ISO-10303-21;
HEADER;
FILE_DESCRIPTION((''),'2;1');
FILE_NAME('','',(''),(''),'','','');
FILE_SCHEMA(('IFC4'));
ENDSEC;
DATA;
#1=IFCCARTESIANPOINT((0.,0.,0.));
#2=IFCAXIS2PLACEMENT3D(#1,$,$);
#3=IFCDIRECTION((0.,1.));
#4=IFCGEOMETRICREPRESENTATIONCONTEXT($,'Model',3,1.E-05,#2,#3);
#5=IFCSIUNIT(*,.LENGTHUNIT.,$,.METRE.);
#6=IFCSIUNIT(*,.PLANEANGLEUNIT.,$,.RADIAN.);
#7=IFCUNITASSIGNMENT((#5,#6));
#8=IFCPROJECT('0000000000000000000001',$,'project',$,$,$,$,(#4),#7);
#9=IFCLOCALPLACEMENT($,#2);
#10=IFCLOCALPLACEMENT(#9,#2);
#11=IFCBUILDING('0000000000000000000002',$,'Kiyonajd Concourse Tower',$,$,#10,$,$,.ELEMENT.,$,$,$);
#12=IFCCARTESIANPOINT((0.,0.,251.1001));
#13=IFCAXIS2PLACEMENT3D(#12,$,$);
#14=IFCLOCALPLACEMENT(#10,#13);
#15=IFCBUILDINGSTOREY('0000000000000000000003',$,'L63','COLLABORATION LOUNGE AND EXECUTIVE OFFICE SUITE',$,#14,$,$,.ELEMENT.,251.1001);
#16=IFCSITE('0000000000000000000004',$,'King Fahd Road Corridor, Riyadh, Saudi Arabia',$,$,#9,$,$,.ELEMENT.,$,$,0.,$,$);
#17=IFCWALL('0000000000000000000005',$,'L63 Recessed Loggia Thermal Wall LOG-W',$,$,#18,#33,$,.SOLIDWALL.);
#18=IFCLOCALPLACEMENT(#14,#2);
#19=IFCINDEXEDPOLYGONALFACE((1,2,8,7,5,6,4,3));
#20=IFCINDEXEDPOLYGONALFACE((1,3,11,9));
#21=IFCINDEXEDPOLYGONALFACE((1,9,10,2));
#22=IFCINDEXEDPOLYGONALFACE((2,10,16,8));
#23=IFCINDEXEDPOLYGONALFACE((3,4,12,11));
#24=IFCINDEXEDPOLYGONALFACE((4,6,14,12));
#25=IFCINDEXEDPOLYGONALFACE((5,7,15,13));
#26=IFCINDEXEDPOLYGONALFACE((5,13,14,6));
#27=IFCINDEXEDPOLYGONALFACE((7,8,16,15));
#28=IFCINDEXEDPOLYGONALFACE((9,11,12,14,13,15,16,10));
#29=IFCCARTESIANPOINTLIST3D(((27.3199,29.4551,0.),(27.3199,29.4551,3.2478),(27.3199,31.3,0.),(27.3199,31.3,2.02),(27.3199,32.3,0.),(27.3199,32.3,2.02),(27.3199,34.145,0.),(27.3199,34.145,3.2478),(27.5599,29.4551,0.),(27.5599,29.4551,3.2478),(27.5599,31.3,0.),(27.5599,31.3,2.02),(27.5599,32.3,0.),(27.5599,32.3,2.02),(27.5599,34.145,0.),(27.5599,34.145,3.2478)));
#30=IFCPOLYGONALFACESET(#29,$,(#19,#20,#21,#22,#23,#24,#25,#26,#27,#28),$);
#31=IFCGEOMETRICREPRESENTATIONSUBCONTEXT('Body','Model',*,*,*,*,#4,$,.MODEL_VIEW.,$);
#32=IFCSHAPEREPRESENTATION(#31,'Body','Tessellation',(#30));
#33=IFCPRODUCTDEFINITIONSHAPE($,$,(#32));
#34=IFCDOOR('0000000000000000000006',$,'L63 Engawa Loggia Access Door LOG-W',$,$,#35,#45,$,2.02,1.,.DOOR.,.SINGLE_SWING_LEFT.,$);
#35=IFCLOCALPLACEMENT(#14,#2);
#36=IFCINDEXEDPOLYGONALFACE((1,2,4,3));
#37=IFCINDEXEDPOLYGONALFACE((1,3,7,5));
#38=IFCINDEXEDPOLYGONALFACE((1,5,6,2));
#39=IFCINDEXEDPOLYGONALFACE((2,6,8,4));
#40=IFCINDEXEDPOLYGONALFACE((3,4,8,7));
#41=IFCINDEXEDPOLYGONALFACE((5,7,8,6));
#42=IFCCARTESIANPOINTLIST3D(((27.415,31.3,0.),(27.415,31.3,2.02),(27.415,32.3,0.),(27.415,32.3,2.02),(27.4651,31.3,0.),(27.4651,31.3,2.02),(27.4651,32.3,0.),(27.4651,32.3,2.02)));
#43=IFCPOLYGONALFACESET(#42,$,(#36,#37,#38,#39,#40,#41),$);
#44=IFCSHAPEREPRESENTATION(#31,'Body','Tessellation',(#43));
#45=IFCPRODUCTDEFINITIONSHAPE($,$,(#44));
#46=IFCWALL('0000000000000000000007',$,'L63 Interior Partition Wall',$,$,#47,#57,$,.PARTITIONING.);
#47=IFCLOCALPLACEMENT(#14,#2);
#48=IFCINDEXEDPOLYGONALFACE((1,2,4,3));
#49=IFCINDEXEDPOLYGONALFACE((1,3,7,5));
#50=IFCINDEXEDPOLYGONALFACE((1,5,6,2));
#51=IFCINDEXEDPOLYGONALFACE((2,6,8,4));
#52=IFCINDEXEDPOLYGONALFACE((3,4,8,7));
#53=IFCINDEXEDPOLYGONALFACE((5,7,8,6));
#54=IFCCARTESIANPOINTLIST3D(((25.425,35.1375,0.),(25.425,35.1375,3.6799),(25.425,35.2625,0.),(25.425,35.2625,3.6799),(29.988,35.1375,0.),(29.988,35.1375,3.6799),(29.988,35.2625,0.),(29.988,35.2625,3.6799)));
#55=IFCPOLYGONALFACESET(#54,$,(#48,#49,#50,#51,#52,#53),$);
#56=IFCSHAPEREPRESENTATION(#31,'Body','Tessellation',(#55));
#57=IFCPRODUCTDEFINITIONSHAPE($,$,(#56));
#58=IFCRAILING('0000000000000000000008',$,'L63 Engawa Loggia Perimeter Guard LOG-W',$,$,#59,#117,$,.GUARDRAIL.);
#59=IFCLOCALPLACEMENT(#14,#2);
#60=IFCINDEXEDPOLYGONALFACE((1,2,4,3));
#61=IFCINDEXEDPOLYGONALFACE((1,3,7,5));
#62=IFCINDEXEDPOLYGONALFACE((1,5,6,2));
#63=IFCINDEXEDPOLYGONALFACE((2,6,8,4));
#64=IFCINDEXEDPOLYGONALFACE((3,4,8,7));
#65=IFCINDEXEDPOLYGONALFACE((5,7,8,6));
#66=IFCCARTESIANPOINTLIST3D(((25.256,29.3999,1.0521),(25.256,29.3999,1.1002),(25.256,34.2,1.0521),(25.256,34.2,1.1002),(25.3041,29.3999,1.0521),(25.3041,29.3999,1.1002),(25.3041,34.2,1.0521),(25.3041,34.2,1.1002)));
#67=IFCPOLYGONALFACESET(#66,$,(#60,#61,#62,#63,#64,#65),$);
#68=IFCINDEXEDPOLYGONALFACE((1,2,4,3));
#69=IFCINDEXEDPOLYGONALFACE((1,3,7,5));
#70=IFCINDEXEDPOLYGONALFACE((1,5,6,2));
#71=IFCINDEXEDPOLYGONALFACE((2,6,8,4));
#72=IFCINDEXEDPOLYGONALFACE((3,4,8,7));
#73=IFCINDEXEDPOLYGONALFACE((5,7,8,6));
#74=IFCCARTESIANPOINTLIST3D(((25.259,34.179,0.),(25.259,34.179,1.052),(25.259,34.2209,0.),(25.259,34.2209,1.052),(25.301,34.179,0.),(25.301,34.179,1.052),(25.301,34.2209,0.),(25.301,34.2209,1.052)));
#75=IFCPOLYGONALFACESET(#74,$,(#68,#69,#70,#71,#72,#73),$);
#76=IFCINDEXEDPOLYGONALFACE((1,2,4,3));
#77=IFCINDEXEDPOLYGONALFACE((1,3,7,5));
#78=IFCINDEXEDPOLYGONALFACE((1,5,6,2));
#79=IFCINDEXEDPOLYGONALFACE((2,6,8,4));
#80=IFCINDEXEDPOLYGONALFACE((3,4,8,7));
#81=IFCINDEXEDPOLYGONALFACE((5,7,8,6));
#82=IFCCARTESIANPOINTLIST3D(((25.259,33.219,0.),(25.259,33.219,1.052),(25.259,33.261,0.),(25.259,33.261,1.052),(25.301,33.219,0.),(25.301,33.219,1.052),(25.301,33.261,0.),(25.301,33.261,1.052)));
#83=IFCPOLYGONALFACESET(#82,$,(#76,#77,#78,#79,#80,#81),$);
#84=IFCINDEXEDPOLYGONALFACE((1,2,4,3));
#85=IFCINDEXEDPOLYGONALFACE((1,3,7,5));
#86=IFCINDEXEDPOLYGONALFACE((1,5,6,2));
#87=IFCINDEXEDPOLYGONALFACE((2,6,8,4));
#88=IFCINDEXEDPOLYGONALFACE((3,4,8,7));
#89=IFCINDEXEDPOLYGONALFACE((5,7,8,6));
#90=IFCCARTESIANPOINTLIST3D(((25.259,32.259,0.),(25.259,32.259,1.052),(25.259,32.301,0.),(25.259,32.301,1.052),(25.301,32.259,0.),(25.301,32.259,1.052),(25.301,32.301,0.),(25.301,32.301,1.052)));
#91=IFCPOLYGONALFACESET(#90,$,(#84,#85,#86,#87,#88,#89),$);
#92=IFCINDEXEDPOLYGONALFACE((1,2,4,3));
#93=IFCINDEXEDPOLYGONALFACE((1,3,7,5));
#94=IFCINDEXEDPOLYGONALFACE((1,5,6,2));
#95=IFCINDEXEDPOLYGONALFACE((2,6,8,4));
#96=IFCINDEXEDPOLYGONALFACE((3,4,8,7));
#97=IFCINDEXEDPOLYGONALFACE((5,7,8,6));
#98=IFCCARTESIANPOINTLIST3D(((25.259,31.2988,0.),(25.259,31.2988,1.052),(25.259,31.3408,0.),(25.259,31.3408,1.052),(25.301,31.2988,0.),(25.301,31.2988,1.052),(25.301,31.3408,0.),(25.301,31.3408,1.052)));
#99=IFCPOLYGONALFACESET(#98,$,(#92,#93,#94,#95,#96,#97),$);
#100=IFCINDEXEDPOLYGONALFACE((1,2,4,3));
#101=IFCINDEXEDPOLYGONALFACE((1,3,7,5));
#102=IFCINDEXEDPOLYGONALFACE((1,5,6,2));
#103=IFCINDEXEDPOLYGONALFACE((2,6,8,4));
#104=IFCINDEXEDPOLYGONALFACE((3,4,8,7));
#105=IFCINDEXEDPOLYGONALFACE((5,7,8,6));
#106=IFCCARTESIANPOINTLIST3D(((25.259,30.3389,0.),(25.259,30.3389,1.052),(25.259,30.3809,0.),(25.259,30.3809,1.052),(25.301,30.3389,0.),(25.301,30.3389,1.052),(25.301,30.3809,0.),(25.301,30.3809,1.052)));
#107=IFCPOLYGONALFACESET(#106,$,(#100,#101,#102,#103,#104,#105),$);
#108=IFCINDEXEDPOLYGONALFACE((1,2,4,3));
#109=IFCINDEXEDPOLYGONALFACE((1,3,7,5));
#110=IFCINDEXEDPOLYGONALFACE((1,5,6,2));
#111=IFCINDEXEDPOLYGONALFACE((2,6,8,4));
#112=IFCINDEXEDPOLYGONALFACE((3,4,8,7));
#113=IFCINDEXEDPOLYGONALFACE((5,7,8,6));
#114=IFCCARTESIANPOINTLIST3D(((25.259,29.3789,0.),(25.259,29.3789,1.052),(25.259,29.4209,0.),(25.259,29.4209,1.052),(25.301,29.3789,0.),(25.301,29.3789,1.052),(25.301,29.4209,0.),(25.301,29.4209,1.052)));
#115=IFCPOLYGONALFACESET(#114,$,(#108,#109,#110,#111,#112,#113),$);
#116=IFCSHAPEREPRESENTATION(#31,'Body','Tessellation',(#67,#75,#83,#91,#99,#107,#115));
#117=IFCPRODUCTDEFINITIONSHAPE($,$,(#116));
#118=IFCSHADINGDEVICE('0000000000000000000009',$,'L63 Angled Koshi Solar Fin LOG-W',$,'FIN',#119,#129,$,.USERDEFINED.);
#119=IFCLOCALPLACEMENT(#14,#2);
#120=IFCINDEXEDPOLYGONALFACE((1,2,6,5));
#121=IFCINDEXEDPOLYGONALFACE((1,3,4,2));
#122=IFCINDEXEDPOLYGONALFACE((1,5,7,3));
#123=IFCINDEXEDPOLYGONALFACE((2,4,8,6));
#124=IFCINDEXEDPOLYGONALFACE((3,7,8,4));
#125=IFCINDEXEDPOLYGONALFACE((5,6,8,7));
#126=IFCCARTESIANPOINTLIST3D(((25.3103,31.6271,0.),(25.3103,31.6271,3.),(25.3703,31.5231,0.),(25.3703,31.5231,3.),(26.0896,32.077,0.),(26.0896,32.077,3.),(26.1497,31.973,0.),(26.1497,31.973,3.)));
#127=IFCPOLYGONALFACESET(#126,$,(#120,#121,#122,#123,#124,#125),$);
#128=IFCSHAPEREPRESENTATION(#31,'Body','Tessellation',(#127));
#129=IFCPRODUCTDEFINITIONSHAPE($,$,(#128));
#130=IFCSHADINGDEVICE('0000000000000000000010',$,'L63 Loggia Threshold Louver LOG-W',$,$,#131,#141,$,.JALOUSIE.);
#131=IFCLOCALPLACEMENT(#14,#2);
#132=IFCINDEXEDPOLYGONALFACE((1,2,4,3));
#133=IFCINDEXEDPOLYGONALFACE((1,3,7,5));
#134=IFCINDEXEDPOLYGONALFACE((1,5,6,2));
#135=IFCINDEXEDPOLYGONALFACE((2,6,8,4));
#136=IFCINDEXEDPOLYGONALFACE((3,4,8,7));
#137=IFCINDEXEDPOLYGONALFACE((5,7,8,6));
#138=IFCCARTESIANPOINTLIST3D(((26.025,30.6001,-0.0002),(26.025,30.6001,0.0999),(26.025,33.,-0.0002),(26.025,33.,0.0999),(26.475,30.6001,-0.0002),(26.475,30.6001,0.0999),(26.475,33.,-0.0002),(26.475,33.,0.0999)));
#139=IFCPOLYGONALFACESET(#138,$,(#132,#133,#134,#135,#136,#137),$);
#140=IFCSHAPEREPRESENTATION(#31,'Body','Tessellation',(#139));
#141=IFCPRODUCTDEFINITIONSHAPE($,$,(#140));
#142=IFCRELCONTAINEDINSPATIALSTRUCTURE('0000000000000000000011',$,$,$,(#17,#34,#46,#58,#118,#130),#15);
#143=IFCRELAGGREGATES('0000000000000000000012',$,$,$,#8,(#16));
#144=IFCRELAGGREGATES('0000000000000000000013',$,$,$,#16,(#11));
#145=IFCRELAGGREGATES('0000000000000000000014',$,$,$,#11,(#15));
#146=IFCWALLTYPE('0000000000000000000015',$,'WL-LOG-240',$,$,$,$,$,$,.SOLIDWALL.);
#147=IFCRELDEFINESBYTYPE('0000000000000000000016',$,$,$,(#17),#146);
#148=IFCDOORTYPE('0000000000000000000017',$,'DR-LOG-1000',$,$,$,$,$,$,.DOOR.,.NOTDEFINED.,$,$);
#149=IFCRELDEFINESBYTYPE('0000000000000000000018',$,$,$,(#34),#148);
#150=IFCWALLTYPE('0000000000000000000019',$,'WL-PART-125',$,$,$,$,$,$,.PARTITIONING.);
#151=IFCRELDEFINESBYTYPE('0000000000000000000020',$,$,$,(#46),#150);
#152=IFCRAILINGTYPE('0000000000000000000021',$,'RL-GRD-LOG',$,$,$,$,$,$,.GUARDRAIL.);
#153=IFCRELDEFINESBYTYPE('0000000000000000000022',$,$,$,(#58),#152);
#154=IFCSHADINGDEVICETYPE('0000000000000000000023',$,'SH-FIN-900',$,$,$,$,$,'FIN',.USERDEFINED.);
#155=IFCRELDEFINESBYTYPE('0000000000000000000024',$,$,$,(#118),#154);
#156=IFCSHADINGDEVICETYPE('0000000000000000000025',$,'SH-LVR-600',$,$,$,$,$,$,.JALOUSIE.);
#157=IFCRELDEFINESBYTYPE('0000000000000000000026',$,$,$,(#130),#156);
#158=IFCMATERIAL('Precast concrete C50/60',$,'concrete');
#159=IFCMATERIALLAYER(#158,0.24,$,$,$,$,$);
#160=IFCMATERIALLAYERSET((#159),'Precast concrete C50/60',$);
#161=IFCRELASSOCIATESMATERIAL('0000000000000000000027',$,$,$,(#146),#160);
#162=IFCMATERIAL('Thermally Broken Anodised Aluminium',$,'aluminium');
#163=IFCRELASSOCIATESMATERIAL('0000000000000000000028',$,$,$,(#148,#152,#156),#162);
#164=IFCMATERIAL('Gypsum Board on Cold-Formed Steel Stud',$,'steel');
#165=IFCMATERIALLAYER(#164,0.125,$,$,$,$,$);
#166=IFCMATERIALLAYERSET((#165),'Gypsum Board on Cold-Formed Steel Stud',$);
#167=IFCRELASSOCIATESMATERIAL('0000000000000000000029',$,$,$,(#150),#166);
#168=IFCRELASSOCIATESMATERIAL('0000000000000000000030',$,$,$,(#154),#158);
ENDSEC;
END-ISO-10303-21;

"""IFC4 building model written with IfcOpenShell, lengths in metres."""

from ifc_helpers import new_model, si_unit, direction, frame, frame_2d, origin, origin_2d, place, context, subcontext, project, spatial, rectangle, extrude, material, layer, layer_set, type_object, element, fill, save


model = new_model("IFC4")

# Units and contexts
model_context = context("Model", 3, precision=1e-05, world=origin(), true_north=direction((0.0, 1.0)))
body_context = subcontext(model_context, "Body", "Model", "MODEL_VIEW")
ifc_project = project(units=[si_unit("LENGTHUNIT", "METRE"), si_unit("PLANEANGLEUNIT", "RADIAN")], contexts=[model_context])

# Site, building, storey
site_placement = place(None, origin())
site = spatial("IfcSite", under=ifc_project, at=site_placement, Name="King Fahd Road Corridor, Riyadh, Saudi Arabia", CompositionType="ELEMENT", RefElevation=0.0)
building_placement = place(site_placement, origin())
building = spatial("IfcBuilding", under=site, at=building_placement, Name="Kiyonajd Concourse Tower", CompositionType="ELEMENT")
storey_placement = place(building_placement, frame((0.0, 0.0, 251.1001)))
storey = spatial("IfcBuildingStorey", under=building, at=storey_placement, Name="L63", Description="COLLABORATION LOUNGE AND EXECUTIVE OFFICE SUITE", CompositionType="ELEMENT", Elevation=251.1001)

# Shared definitions
ifc_material_1 = material(Name="Thermally Broken Anodised Aluminium", Category="aluminium")

# Shared definitions
ifc_material_2 = material(Name="Precast concrete C50/60", Category="concrete")

# Wall, opening, door
ifc_layer_1 = layer(ifc_material_2, 0.24)
ifc_layer_set_1 = layer_set([ifc_layer_1], Name="Precast concrete C50/60")
wall_type_1 = type_object("IfcWallType", Name="WL-LOG-240", PredefinedType="SOLIDWALL", material=ifc_layer_set_1)
wall_1_placement = place(storey_placement, frame((27.4399, 29.4551, 0.0), z_axis=(0.0, 0.0, 1.0), x_axis=(0.0, 1.0, 0.0)))
wall_1 = element("IfcWall", 1, at=wall_1_placement, inside=storey, type_object=wall_type_1, Name="L63 Recessed Loggia Thermal Wall LOG-W", PredefinedType="SOLIDWALL", context=body_context, shape_type="SweptSolid", body=[
    extrude(rectangle(XDim=4.6899, YDim=0.24, at=frame_2d((2.345, 0.0))), origin(), (0.0, 0.0, 1.0), 3.2478),
])
opening_placement = place(wall_1_placement, frame((1.845, 0.0, 0.0)))
opening = element("IfcOpeningElement", 2, at=opening_placement, cuts=wall_1, PredefinedType="OPENING", context=body_context, shape_type="SweptSolid", body=[
    extrude(rectangle(XDim=1.0, YDim=2.02, at=frame_2d((0.5, 1.01))), frame((0.0, 0.1299, 0.0), z_axis=(0.0, -1.0, 0.0), x_axis=(1.0, 0.0, 0.0)), (0.0, 0.0, 1.0), 0.26),
])
door_type = type_object("IfcDoorType", Name="DR-LOG-1000", OperationType="NOTDEFINED", PredefinedType="DOOR", material=ifc_material_1)
door_placement = place(opening_placement, origin())
door = element("IfcDoor", 3, at=door_placement, inside=storey, type_object=door_type, Name="L63 Engawa Loggia Access Door LOG-W", OperationType="SINGLE_SWING_LEFT", OverallHeight=2.02, OverallWidth=1.0, PredefinedType="DOOR", context=body_context, shape_type="SweptSolid", body=[
    extrude(rectangle(XDim=1.0, YDim=2.02, at=frame_2d((0.5, 1.01))), frame((0.0, 0.0249, 0.0), z_axis=(0.0, -1.0, 0.0), x_axis=(1.0, 0.0, 0.0)), (0.0, 0.0, 1.0), 0.05),
])
fill(opening, door)

# Wall
ifc_material_3 = material(Name="Gypsum Board on Cold-Formed Steel Stud", Category="steel")
ifc_layer_2 = layer(ifc_material_3, 0.125)
ifc_layer_set_2 = layer_set([ifc_layer_2], Name="Gypsum Board on Cold-Formed Steel Stud")
wall_type_2 = type_object("IfcWallType", Name="WL-PART-125", PredefinedType="PARTITIONING", material=ifc_layer_set_2)
wall_2_placement = place(storey_placement, frame((25.425, 35.2, 0.0), z_axis=(0.0, 0.0, 1.0), x_axis=(1.0, 0.0, 0.0)))
element("IfcWall", 4, at=wall_2_placement, inside=storey, type_object=wall_type_2, Name="L63 Interior Partition Wall", PredefinedType="PARTITIONING", context=body_context, shape_type="SweptSolid", body=[
    extrude(rectangle(XDim=4.563, YDim=0.125, at=frame_2d((2.2815, 0.0))), origin(), (0.0, 0.0, 1.0), 3.6799),
])

# Railing
railing_type = type_object("IfcRailingType", Name="RL-GRD-LOG", PredefinedType="GUARDRAIL", material=ifc_material_1)
railing_placement = place(storey_placement, frame((25.28, 34.2, 0.0)))
element("IfcRailing", 5, at=railing_placement, inside=storey, type_object=railing_type, Name="L63 Engawa Loggia Perimeter Guard LOG-W", PredefinedType="GUARDRAIL", context=body_context, shape_type="SweptSolid", body=[
    extrude(rectangle(XDim=0.0481, YDim=0.0481, at=origin_2d()), frame((0.0, 0.0, 1.0762), z_axis=(0.0, -1.0, 0.0), x_axis=(1.0, 0.0, 0.0)), (0.0, 0.0, 1.0), 4.8),
    extrude(rectangle(XDim=0.042, YDim=0.042, at=origin_2d()), origin(), (0.0, 0.0, 1.0), 1.052),
    extrude(rectangle(XDim=0.042, YDim=0.042, at=origin_2d()), frame((0.0, -0.96, 0.0)), (0.0, 0.0, 1.0), 1.052),
    extrude(rectangle(XDim=0.042, YDim=0.042, at=origin_2d()), frame((0.0, -1.9199, 0.0)), (0.0, 0.0, 1.0), 1.052),
    extrude(rectangle(XDim=0.042, YDim=0.042, at=origin_2d()), frame((0.0, -2.8801, 0.0)), (0.0, 0.0, 1.0), 1.052),
    extrude(rectangle(XDim=0.042, YDim=0.042, at=origin_2d()), frame((0.0, -3.8401, 0.0)), (0.0, 0.0, 1.0), 1.052),
    extrude(rectangle(XDim=0.042, YDim=0.042, at=origin_2d()), frame((0.0, -4.8, 0.0)), (0.0, 0.0, 1.0), 1.052),
])

# Shading devices
shading_device_type_1 = type_object("IfcShadingDeviceType", Name="SH-FIN-900", ElementType="FIN", PredefinedType="USERDEFINED", material=ifc_material_2)
shading_device_1_placement = place(storey_placement, frame((25.73, 31.8, 0.0), z_axis=(0.0, 0.0, 1.0), x_axis=(0.866025, 0.5, 0.0)))
element("IfcShadingDevice", 6, at=shading_device_1_placement, inside=storey, type_object=shading_device_type_1, Name="L63 Angled Koshi Solar Fin LOG-W", ObjectType="FIN", PredefinedType="USERDEFINED", context=body_context, shape_type="SweptSolid", body=[
    extrude(rectangle(XDim=0.8999, YDim=0.1201, at=origin_2d()), origin(), (0.0, 0.0, 1.0), 3.0),
])
shading_device_type_2 = type_object("IfcShadingDeviceType", Name="SH-LVR-600", PredefinedType="JALOUSIE", material=ifc_material_1)
shading_device_2_placement = place(storey_placement, frame((26.25, 31.8, -0.0002), z_axis=(0.0, 0.0, 1.0), x_axis=(0.0, 1.0, 0.0)))
element("IfcShadingDevice", 7, at=shading_device_2_placement, inside=storey, type_object=shading_device_type_2, Name="L63 Loggia Threshold Louver LOG-W", PredefinedType="JALOUSIE", context=body_context, shape_type="SweptSolid", body=[
    extrude(rectangle(XDim=2.3999, YDim=0.45, at=origin_2d()), origin(), (0.0, 0.0, 1.0), 0.1001),
])

save(model, "model.ifc")
